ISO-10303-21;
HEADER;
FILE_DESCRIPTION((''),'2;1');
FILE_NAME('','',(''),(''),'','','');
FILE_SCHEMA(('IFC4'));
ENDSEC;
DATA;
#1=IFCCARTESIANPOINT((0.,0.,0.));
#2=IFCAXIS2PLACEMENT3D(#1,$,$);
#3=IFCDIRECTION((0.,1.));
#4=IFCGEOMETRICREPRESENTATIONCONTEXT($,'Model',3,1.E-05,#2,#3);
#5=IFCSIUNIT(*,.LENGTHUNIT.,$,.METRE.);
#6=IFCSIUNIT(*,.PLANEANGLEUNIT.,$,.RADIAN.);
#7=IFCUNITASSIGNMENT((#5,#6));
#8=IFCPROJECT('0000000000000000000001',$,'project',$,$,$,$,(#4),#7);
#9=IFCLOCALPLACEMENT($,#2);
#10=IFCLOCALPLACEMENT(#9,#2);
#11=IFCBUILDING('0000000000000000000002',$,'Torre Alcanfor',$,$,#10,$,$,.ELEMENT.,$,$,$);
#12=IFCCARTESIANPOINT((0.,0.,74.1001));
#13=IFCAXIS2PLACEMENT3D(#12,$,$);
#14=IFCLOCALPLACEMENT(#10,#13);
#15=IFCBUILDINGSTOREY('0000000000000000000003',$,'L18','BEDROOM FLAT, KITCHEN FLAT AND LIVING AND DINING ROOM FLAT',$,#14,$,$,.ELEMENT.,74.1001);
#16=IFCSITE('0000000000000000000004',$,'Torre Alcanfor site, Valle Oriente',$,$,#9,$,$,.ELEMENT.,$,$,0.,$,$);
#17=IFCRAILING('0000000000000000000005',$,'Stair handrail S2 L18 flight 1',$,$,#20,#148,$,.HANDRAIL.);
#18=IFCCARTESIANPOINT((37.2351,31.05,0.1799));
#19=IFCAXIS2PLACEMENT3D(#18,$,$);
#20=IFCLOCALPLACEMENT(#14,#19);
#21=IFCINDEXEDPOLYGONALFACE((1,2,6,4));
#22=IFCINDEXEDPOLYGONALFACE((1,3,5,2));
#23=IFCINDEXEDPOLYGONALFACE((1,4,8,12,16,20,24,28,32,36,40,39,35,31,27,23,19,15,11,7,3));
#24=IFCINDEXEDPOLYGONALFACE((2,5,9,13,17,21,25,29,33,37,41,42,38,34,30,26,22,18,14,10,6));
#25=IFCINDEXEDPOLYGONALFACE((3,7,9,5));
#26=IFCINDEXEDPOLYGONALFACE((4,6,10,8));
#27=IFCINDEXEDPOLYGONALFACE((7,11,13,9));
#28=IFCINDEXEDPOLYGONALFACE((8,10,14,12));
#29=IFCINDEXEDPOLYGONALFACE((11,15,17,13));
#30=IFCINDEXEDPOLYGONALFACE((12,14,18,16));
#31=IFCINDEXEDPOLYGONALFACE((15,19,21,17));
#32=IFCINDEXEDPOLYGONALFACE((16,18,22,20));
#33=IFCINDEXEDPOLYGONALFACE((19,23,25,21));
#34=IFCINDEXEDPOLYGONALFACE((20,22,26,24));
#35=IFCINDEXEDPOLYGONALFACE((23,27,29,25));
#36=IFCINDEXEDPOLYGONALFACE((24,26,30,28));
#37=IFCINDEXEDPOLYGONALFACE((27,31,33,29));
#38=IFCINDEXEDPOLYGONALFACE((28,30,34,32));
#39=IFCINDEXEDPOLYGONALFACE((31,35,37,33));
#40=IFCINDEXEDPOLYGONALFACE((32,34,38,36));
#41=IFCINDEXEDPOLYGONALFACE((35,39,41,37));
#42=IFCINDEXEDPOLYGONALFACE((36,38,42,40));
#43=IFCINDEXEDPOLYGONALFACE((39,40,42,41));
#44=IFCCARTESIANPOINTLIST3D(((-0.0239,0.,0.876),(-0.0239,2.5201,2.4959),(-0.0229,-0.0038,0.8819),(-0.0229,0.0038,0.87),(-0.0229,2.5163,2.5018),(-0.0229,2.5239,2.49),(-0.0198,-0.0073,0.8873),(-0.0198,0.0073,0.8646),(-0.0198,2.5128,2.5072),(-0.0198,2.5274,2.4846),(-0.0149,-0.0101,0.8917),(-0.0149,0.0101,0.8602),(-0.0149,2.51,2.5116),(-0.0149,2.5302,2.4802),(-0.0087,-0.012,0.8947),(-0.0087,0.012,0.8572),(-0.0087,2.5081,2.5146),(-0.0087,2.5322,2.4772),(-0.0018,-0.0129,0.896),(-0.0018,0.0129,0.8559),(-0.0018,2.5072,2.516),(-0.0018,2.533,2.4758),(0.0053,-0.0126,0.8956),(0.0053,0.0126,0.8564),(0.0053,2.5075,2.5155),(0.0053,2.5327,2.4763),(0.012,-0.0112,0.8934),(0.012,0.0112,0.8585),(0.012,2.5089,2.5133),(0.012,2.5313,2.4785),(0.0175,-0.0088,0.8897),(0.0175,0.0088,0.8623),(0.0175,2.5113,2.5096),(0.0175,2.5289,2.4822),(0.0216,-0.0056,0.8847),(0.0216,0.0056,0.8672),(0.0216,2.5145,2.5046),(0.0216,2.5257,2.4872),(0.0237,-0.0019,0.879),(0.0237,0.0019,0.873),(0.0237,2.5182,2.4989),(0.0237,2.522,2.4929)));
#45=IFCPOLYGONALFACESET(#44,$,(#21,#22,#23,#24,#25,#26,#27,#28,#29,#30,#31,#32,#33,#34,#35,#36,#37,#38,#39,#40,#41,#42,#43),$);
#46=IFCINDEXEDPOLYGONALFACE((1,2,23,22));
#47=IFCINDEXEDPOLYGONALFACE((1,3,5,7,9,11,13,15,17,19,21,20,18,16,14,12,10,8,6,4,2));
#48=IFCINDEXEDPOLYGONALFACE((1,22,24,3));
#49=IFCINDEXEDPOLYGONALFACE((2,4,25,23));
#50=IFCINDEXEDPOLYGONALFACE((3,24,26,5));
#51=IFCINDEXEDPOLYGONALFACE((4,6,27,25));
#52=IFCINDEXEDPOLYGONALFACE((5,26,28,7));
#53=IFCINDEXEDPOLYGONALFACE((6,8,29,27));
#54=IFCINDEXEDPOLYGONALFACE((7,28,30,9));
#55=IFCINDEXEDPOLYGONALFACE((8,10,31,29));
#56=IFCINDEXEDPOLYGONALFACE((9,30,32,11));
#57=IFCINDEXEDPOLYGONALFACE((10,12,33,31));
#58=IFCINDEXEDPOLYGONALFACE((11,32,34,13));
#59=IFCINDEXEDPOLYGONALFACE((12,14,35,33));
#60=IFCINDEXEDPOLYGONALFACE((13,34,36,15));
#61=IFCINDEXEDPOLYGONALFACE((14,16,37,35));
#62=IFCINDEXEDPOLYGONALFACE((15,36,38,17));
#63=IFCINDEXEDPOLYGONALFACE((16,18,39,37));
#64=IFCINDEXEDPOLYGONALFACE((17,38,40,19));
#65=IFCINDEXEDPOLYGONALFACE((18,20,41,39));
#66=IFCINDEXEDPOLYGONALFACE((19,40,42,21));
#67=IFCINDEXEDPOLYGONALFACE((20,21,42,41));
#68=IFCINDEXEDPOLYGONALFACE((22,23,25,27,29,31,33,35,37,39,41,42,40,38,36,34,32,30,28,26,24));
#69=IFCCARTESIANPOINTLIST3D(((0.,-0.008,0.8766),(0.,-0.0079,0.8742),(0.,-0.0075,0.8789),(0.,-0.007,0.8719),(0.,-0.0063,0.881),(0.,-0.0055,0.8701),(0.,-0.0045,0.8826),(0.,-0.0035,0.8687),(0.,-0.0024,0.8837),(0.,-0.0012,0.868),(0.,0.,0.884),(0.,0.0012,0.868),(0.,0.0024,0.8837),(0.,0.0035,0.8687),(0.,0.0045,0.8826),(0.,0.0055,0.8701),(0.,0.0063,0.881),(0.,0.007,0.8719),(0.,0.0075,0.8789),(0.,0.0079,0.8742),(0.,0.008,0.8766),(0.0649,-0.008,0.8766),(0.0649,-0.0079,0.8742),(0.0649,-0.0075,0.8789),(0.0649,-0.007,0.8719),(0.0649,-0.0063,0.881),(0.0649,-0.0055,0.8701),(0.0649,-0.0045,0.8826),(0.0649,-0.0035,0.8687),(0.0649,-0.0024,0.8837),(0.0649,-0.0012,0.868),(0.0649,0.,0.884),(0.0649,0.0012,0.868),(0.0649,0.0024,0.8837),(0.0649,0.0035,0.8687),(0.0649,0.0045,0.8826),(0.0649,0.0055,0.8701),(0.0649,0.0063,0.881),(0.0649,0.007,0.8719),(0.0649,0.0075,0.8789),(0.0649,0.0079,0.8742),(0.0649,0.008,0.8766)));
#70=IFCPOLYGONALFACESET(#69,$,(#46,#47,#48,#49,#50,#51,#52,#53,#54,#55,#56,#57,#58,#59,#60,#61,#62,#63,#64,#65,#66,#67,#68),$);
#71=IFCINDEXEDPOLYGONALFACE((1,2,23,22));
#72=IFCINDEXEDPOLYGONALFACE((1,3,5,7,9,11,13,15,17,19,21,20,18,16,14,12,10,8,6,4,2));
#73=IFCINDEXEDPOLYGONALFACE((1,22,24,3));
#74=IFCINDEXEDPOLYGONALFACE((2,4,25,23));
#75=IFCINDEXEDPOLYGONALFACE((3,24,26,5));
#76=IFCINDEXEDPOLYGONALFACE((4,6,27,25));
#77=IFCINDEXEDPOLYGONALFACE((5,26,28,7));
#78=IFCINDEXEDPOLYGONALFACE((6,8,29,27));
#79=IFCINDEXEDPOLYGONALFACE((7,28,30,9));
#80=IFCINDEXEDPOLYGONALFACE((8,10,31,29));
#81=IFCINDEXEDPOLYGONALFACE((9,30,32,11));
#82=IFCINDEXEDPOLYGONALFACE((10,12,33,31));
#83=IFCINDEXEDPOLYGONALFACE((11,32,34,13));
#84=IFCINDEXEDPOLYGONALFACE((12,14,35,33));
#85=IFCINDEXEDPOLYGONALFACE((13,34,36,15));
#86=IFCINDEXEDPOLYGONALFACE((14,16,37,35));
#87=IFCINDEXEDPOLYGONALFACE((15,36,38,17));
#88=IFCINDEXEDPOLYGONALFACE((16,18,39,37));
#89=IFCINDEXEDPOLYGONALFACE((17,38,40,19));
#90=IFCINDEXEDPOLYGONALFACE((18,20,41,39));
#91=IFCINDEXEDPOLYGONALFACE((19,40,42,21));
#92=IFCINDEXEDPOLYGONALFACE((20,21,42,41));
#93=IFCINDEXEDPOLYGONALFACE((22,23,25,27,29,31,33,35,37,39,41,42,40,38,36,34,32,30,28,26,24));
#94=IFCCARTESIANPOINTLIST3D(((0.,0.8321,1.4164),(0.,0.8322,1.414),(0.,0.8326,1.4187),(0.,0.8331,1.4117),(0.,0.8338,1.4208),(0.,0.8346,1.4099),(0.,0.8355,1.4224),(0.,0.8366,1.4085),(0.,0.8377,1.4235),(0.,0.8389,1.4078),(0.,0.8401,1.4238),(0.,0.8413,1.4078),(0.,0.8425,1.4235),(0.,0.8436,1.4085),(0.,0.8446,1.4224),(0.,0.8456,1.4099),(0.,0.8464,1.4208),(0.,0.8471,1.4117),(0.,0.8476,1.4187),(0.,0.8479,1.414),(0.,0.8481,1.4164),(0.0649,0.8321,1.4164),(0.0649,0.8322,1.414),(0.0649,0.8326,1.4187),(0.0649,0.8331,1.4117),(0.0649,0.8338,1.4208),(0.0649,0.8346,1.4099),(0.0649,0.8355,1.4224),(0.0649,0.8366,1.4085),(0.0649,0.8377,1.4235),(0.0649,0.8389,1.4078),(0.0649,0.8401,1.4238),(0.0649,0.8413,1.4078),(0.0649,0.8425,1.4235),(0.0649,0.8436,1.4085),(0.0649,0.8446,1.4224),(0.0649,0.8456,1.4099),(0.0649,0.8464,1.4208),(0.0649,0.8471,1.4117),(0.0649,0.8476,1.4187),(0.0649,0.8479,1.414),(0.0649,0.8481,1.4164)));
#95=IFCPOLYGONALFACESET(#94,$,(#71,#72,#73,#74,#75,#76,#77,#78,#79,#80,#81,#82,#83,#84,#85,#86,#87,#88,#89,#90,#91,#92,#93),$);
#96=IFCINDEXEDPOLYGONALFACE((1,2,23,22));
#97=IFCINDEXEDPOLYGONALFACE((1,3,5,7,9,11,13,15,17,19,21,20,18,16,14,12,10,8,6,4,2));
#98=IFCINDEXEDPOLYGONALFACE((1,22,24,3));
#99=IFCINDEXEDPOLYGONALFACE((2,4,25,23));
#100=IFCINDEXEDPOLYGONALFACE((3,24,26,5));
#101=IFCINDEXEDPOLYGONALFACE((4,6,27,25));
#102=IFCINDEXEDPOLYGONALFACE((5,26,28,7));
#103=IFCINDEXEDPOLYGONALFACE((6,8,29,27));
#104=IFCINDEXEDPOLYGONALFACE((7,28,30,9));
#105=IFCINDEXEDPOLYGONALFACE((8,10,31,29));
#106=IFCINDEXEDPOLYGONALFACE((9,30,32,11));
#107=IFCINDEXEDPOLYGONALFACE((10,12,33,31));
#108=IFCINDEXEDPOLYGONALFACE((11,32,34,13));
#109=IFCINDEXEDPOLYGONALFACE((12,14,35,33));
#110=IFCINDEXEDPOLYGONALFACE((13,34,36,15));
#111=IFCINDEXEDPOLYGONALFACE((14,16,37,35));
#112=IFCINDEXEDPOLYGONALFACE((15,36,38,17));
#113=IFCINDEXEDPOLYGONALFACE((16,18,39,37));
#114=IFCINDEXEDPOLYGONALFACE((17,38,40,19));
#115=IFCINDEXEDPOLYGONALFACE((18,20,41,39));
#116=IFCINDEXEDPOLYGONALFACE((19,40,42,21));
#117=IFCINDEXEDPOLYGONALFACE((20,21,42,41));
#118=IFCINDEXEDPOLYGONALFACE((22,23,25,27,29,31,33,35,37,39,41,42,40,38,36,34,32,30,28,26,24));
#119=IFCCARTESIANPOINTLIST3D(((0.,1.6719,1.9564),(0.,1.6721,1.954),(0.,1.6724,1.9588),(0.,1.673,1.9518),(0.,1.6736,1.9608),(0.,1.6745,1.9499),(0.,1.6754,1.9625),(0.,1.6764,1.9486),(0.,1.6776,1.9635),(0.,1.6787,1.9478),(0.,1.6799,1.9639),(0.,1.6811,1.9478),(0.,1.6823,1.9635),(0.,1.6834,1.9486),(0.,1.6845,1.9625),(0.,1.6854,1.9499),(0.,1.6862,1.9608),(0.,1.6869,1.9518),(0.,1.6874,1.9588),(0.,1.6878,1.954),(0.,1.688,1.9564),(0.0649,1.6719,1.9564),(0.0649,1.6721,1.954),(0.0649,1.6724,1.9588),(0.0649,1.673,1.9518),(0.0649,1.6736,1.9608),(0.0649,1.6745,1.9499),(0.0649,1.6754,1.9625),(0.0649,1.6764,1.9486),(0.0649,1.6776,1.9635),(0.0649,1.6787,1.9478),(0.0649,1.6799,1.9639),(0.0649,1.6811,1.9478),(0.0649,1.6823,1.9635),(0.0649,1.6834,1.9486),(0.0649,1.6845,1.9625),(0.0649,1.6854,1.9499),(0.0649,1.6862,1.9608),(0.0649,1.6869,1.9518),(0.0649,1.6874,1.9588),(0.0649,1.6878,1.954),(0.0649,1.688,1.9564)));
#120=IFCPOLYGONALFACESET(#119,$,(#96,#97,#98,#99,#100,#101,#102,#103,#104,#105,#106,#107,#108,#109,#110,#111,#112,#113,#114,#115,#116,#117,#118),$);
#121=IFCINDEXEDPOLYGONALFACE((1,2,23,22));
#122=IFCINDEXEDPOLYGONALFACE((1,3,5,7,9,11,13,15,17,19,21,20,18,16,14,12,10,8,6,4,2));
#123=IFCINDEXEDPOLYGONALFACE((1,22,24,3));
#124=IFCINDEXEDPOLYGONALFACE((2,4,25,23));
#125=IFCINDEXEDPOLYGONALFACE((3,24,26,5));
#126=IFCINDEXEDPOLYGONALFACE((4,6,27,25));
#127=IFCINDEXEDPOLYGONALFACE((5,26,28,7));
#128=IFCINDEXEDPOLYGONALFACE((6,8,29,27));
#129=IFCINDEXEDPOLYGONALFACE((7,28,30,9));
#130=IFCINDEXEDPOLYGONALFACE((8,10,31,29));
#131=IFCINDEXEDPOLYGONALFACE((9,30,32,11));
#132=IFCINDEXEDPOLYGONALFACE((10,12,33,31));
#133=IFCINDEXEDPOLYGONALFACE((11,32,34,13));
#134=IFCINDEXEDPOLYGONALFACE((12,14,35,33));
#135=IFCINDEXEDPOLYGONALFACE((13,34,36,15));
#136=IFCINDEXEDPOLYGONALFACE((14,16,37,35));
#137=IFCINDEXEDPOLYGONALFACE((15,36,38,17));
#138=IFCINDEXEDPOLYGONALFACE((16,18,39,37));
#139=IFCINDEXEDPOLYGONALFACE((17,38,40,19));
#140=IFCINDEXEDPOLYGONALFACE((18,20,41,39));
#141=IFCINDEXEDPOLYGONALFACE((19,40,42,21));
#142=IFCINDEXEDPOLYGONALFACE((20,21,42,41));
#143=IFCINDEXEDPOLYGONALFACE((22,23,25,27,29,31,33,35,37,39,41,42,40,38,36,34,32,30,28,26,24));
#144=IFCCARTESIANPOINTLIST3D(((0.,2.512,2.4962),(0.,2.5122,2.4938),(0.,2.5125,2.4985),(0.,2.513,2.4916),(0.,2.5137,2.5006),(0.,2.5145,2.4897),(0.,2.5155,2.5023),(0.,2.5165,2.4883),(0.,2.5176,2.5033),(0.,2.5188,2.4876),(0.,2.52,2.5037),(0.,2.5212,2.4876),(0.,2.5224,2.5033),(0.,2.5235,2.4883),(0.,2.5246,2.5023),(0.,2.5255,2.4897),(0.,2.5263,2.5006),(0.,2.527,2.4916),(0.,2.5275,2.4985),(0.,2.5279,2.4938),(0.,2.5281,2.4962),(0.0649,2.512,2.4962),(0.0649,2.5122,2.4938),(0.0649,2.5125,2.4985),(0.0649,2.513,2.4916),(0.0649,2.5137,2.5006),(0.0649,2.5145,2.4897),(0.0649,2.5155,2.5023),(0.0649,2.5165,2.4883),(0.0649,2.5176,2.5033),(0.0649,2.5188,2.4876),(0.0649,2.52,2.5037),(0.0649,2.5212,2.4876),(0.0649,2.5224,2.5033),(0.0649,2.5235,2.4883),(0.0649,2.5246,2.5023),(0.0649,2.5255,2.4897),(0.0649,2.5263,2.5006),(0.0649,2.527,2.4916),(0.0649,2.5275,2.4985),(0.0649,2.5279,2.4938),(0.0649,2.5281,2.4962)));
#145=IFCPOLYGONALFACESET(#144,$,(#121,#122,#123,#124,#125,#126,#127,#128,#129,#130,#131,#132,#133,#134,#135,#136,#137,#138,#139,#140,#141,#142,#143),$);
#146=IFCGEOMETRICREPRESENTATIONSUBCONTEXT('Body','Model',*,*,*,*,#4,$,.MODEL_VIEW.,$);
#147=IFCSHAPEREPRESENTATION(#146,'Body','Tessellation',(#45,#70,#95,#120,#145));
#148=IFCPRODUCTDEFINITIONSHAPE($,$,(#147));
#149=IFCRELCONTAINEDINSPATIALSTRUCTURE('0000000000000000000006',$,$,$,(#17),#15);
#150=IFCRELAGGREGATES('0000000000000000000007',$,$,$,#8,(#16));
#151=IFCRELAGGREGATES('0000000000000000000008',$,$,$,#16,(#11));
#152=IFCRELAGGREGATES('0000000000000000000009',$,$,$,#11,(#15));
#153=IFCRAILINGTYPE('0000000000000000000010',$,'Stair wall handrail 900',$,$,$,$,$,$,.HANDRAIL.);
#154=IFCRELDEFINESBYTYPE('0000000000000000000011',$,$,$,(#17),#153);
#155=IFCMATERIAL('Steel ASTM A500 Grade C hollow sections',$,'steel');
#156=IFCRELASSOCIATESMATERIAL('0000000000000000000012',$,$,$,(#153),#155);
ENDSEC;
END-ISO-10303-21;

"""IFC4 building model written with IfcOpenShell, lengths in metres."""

from ifc_helpers import new_model, si_unit, direction, frame, origin, origin_2d, place, context, subcontext, project, spatial, circle, extrude, material, type_object, element, save


model = new_model("IFC4")

# Units and contexts
model_context = context("Model", 3, precision=1e-05, world=origin(), true_north=direction((0.0, 1.0)))
body_context = subcontext(model_context, "Body", "Model", "MODEL_VIEW")
ifc_project = project(units=[si_unit("LENGTHUNIT", "METRE"), si_unit("PLANEANGLEUNIT", "RADIAN")], contexts=[model_context])

# Site, building, storey
site_placement = place(None, origin())
site = spatial("IfcSite", under=ifc_project, at=site_placement, Name="Torre Alcanfor site, Valle Oriente", CompositionType="ELEMENT", RefElevation=0.0)
building_placement = place(site_placement, origin())
building = spatial("IfcBuilding", under=site, at=building_placement, Name="Torre Alcanfor", CompositionType="ELEMENT")
storey_placement = place(building_placement, frame((0.0, 0.0, 74.1001)))
storey = spatial("IfcBuildingStorey", under=building, at=storey_placement, Name="L18", Description="BEDROOM FLAT, KITCHEN FLAT AND LIVING AND DINING ROOM FLAT", CompositionType="ELEMENT", Elevation=74.1001)

# Railing
ifc_material_1 = material(Name="Steel ASTM A500 Grade C hollow sections", Category="steel")
railing_type_1 = type_object("IfcRailingType", Name="Stair wall handrail 900", PredefinedType="HANDRAIL", material=ifc_material_1)
railing_1_placement = place(storey_placement, frame((37.2351, 31.05, 0.1799)))
element("IfcRailing", 1, at=railing_1_placement, inside=storey, type_object=railing_type_1, Name="Stair handrail S2 L18 flight 1", PredefinedType="HANDRAIL", context=body_context, shape_type="SweptSolid", body=[
    extrude(circle(Radius=0.0239, at=origin_2d()), frame((0.0, 0.0, 0.876), z_axis=(0.0, 0.8412, 0.540725), x_axis=(-1.0, 0.0, 0.0)), (0.0, 0.0, 1.0), 2.9958),
    extrude(circle(Radius=0.0081, at=origin_2d()), frame((0.0, 0.0, 0.876), z_axis=(1.0, 0.0, 0.0), x_axis=(0.0, 0.0, 1.0)), (0.0, 0.0, 1.0), 0.0649),
    extrude(circle(Radius=0.0081, at=origin_2d()), frame((0.0, 0.8401, 1.4158), z_axis=(1.0, 0.0, 0.0), x_axis=(0.0, 0.0, 1.0)), (0.0, 0.0, 1.0), 0.0649),
    extrude(circle(Radius=0.0081, at=origin_2d()), frame((0.0, 1.6799, 1.9558), z_axis=(1.0, 0.0, 0.0), x_axis=(0.0, 0.0, 1.0)), (0.0, 0.0, 1.0), 0.0649),
    extrude(circle(Radius=0.0081, at=origin_2d()), frame((0.0, 2.52, 2.4956), z_axis=(1.0, 0.0, 0.0), x_axis=(0.0, 0.0, 1.0)), (0.0, 0.0, 1.0), 0.0649),
])

save(model, "model.ifc")
